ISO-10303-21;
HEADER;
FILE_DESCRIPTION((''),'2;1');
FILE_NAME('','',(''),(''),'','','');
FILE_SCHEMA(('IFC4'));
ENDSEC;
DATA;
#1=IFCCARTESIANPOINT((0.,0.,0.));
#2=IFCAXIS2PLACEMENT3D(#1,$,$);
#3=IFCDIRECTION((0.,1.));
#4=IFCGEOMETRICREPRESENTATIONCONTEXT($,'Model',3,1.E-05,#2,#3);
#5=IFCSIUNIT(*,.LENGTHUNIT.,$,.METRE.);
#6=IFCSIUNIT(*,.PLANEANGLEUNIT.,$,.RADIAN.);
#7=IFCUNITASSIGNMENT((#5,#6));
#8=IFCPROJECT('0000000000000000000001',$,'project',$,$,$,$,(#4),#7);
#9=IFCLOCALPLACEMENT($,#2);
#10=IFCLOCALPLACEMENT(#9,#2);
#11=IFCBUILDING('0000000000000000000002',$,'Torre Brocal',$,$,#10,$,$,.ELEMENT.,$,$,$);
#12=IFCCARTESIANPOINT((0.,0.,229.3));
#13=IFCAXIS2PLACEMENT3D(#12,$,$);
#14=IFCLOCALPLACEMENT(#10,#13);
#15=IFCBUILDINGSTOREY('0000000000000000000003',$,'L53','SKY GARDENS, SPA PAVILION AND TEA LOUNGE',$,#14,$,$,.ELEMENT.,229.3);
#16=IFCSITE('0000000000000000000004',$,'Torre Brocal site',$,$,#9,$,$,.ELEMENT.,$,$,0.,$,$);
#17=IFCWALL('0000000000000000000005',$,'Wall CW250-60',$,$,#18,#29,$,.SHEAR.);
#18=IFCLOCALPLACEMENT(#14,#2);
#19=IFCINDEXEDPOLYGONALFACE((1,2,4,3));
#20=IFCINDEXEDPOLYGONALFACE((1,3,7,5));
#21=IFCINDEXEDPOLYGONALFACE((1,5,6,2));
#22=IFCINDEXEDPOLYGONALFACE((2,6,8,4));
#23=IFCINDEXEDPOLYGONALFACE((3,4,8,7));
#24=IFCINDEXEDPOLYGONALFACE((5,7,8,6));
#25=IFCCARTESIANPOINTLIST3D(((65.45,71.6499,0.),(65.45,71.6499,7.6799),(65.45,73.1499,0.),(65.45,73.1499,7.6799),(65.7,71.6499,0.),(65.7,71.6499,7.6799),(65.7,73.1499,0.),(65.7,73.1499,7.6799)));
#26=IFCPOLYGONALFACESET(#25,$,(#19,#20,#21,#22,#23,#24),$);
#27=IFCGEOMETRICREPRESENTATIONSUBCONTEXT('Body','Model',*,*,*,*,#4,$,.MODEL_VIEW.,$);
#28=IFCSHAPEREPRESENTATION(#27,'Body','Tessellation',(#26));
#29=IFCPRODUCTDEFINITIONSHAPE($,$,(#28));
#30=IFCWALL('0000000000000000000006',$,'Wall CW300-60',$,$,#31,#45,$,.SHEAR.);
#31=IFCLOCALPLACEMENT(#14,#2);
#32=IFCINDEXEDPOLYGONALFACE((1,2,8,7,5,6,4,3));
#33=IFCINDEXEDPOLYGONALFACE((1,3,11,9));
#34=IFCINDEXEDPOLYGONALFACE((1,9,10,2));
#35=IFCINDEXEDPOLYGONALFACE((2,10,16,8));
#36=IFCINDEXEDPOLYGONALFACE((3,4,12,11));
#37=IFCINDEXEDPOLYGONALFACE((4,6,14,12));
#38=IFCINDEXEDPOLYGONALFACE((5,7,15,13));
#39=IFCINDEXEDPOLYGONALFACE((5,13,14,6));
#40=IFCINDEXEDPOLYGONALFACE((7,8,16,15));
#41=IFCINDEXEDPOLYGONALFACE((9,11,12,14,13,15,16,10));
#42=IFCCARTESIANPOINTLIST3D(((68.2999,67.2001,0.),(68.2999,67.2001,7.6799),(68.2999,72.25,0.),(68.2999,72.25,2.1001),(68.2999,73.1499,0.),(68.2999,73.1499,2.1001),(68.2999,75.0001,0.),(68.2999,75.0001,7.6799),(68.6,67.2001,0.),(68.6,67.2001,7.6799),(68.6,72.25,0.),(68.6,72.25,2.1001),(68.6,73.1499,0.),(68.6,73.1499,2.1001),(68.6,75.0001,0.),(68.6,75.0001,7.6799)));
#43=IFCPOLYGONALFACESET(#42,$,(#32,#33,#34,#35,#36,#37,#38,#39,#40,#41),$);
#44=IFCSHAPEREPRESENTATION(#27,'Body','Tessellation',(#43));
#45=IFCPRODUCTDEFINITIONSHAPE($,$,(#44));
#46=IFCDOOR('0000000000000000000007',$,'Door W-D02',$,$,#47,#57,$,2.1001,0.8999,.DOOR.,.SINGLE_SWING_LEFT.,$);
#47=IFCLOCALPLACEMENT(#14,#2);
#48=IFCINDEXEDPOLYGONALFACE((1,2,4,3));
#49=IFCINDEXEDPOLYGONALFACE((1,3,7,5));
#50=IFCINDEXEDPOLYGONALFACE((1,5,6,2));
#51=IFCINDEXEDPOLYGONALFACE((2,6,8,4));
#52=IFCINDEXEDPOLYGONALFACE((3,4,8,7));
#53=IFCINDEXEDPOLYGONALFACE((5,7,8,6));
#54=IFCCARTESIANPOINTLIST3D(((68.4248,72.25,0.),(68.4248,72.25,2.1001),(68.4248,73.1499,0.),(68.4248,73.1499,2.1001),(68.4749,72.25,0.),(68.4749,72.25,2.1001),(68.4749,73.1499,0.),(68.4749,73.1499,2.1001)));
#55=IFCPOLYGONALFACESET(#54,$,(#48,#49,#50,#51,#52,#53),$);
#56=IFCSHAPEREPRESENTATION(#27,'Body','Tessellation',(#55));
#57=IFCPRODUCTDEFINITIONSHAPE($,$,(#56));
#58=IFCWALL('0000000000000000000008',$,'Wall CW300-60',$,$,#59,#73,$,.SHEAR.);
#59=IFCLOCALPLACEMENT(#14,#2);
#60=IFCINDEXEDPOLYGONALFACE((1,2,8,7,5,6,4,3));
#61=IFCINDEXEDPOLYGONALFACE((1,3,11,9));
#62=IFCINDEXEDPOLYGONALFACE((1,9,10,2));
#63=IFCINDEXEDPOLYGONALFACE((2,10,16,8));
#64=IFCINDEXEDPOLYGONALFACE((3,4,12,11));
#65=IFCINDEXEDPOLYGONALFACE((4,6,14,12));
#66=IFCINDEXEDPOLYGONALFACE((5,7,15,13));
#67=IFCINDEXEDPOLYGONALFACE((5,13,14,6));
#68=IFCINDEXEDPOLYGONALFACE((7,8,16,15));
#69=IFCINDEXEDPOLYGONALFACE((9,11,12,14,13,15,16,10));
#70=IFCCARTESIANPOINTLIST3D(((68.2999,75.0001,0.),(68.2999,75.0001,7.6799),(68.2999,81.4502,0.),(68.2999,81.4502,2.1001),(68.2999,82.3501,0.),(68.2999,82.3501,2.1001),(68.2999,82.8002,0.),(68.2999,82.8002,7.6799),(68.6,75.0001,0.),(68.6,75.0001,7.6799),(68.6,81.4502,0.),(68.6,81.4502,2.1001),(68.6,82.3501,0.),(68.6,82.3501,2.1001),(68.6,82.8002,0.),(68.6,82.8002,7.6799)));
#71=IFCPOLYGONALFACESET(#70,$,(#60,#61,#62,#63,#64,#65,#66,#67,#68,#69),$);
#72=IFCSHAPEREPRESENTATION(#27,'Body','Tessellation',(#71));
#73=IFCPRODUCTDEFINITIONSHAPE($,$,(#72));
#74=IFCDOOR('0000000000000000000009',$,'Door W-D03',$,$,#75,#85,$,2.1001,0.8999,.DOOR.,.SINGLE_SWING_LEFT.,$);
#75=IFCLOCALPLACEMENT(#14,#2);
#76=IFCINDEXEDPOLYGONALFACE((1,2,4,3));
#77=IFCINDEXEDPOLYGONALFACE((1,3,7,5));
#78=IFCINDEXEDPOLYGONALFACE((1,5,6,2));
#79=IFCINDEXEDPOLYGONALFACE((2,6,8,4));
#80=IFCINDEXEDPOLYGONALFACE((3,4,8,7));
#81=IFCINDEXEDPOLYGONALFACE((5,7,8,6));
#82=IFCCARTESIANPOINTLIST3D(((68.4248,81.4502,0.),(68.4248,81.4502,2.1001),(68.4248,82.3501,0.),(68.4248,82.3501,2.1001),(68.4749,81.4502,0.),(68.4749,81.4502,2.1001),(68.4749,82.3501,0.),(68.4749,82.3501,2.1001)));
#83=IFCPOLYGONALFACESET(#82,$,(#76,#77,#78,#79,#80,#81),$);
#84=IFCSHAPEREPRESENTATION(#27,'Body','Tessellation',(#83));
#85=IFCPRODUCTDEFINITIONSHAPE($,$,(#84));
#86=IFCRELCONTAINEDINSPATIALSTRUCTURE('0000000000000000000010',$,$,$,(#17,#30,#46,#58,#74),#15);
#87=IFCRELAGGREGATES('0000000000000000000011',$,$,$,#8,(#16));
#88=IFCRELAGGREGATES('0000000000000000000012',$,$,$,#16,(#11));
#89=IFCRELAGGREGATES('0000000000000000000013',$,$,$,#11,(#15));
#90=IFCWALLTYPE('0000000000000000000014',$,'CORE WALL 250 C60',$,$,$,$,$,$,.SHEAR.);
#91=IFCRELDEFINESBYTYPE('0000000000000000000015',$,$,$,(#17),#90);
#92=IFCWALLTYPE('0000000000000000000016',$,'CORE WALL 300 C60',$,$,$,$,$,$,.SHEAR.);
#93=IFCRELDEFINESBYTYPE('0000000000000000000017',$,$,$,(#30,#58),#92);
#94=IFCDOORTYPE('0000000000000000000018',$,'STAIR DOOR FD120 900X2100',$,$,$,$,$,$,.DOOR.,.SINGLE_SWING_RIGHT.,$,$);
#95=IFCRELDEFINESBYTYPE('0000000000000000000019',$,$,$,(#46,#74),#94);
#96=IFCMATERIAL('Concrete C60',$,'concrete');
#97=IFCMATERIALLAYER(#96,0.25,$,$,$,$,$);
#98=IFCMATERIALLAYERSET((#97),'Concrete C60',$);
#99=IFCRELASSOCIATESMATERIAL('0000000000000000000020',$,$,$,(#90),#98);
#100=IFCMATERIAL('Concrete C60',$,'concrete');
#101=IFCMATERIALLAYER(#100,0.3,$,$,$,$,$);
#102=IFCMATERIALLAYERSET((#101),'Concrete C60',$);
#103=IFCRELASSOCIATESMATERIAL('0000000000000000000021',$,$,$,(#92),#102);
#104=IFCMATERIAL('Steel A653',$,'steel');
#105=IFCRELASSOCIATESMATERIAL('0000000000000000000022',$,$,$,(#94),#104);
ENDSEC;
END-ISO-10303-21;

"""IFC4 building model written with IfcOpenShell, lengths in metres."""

from ifc_helpers import new_model, si_unit, direction, frame, frame_2d, origin, place, context, subcontext, project, spatial, rectangle, extrude, material, layer, layer_set, type_object, element, fill, save


model = new_model("IFC4")

# Units and contexts
model_context = context("Model", 3, precision=1e-05, world=origin(), true_north=direction((0.0, 1.0)))
body_context = subcontext(model_context, "Body", "Model", "MODEL_VIEW")
ifc_project = project(units=[si_unit("LENGTHUNIT", "METRE"), si_unit("PLANEANGLEUNIT", "RADIAN")], contexts=[model_context])

# Site, building, storey
site_placement = place(None, origin())
site = spatial("IfcSite", under=ifc_project, at=site_placement, Name="Torre Brocal site", CompositionType="ELEMENT", RefElevation=0.0)
building_placement = place(site_placement, origin())
building = spatial("IfcBuilding", under=site, at=building_placement, Name="Torre Brocal", CompositionType="ELEMENT")
storey_placement = place(building_placement, frame((0.0, 0.0, 229.3)))
storey = spatial("IfcBuildingStorey", under=building, at=storey_placement, Name="L53", Description="SKY GARDENS, SPA PAVILION AND TEA LOUNGE", CompositionType="ELEMENT", Elevation=229.3)

# Wall
ifc_material_1 = material(Name="Concrete C60", Category="concrete")
ifc_layer_1 = layer(ifc_material_1, 0.25)
ifc_layer_set_1 = layer_set([ifc_layer_1], Name="Concrete C60")
wall_type_1 = type_object("IfcWallType", Name="CORE WALL 250 C60", PredefinedType="SHEAR", material=ifc_layer_set_1)
wall_1_placement = place(storey_placement, frame((65.575, 73.1499, 0.0), z_axis=(0.0, 0.0, 1.0), x_axis=(0.0, -1.0, 0.0)))
element("IfcWall", 1, at=wall_1_placement, inside=storey, type_object=wall_type_1, Name="Wall CW250-60", PredefinedType="SHEAR", context=body_context, shape_type="SweptSolid", body=[
    extrude(rectangle(XDim=1.5, YDim=0.25, at=frame_2d((0.75, 0.0))), origin(), (0.0, 0.0, 1.0), 7.6799),
])

# Walls, openings, doors
ifc_material_2 = material(Name="Concrete C60", Category="concrete")
ifc_layer_2 = layer(ifc_material_2, 0.3)
ifc_layer_set_2 = layer_set([ifc_layer_2], Name="Concrete C60")
wall_type_2 = type_object("IfcWallType", Name="CORE WALL 300 C60", PredefinedType="SHEAR", material=ifc_layer_set_2)
wall_2_placement = place(storey_placement, frame((68.45, 75.0, 0.0), z_axis=(0.0, 0.0, 1.0), x_axis=(0.0, -1.0, 0.0)))
wall_2 = element("IfcWall", 2, at=wall_2_placement, inside=storey, type_object=wall_type_2, Name="Wall CW300-60", PredefinedType="SHEAR", context=body_context, shape_type="SweptSolid", body=[
    extrude(rectangle(XDim=7.8, YDim=0.3, at=frame_2d((3.8999, 0.0))), origin(), (0.0, 0.0, 1.0), 7.6799),
])
opening_1_placement = place(wall_2_placement, frame((1.8501, 0.0, 0.0)))
opening_1 = element("IfcOpeningElement", 3, at=opening_1_placement, cuts=wall_2, PredefinedType="OPENING", context=body_context, shape_type="SweptSolid", body=[
    extrude(rectangle(XDim=0.8999, YDim=2.1001, at=frame_2d((0.45, 1.05))), frame((0.0, 0.1599, 0.0), z_axis=(0.0, -1.0, 0.0), x_axis=(1.0, 0.0, 0.0)), (0.0, 0.0, 1.0), 0.3201),
])
ifc_material_3 = material(Name="Steel A653", Category="steel")
door_type_1 = type_object("IfcDoorType", Name="STAIR DOOR FD120 900X2100", OperationType="SINGLE_SWING_RIGHT", PredefinedType="DOOR", material=ifc_material_3)
door_1_placement = place(opening_1_placement, origin())
door_1 = element("IfcDoor", 4, at=door_1_placement, inside=storey, type_object=door_type_1, Name="Door W-D02", OperationType="SINGLE_SWING_LEFT", OverallHeight=2.1001, OverallWidth=0.8999, PredefinedType="DOOR", context=body_context, shape_type="SweptSolid", body=[
    extrude(rectangle(XDim=0.8999, YDim=2.1001, at=frame_2d((0.45, 1.05))), frame((0.0, 0.0249, 0.0), z_axis=(0.0, -1.0, 0.0), x_axis=(1.0, 0.0, 0.0)), (0.0, 0.0, 1.0), 0.05),
])
fill(opening_1, door_1)
wall_3_placement = place(storey_placement, frame((68.45, 82.8, 0.0), z_axis=(0.0, 0.0, 1.0), x_axis=(0.0, -1.0, 0.0)))
wall_3 = element("IfcWall", 5, at=wall_3_placement, inside=storey, type_object=wall_type_2, Name="Wall CW300-60", PredefinedType="SHEAR", context=body_context, shape_type="SweptSolid", body=[
    extrude(rectangle(XDim=7.8, YDim=0.3, at=frame_2d((3.8999, 0.0))), origin(), (0.0, 0.0, 1.0), 7.6799),
])
opening_2_placement = place(wall_3_placement, frame((0.45, 0.0, 0.0)))
opening_2 = element("IfcOpeningElement", 6, at=opening_2_placement, cuts=wall_3, PredefinedType="OPENING", context=body_context, shape_type="SweptSolid", body=[
    extrude(rectangle(XDim=0.8999, YDim=2.1001, at=frame_2d((0.45, 1.05))), frame((0.0, 0.1599, 0.0), z_axis=(0.0, -1.0, 0.0), x_axis=(1.0, 0.0, 0.0)), (0.0, 0.0, 1.0), 0.3201),
])
door_2_placement = place(opening_2_placement, origin())
door_2 = element("IfcDoor", 7, at=door_2_placement, inside=storey, type_object=door_type_1, Name="Door W-D03", OperationType="SINGLE_SWING_LEFT", OverallHeight=2.1001, OverallWidth=0.8999, PredefinedType="DOOR", context=body_context, shape_type="SweptSolid", body=[
    extrude(rectangle(XDim=0.8999, YDim=2.1001, at=frame_2d((0.45, 1.05))), frame((0.0, 0.0249, 0.0), z_axis=(0.0, -1.0, 0.0), x_axis=(1.0, 0.0, 0.0)), (0.0, 0.0, 1.0), 0.05),
])
fill(opening_2, door_2)

save(model, "model.ifc")
